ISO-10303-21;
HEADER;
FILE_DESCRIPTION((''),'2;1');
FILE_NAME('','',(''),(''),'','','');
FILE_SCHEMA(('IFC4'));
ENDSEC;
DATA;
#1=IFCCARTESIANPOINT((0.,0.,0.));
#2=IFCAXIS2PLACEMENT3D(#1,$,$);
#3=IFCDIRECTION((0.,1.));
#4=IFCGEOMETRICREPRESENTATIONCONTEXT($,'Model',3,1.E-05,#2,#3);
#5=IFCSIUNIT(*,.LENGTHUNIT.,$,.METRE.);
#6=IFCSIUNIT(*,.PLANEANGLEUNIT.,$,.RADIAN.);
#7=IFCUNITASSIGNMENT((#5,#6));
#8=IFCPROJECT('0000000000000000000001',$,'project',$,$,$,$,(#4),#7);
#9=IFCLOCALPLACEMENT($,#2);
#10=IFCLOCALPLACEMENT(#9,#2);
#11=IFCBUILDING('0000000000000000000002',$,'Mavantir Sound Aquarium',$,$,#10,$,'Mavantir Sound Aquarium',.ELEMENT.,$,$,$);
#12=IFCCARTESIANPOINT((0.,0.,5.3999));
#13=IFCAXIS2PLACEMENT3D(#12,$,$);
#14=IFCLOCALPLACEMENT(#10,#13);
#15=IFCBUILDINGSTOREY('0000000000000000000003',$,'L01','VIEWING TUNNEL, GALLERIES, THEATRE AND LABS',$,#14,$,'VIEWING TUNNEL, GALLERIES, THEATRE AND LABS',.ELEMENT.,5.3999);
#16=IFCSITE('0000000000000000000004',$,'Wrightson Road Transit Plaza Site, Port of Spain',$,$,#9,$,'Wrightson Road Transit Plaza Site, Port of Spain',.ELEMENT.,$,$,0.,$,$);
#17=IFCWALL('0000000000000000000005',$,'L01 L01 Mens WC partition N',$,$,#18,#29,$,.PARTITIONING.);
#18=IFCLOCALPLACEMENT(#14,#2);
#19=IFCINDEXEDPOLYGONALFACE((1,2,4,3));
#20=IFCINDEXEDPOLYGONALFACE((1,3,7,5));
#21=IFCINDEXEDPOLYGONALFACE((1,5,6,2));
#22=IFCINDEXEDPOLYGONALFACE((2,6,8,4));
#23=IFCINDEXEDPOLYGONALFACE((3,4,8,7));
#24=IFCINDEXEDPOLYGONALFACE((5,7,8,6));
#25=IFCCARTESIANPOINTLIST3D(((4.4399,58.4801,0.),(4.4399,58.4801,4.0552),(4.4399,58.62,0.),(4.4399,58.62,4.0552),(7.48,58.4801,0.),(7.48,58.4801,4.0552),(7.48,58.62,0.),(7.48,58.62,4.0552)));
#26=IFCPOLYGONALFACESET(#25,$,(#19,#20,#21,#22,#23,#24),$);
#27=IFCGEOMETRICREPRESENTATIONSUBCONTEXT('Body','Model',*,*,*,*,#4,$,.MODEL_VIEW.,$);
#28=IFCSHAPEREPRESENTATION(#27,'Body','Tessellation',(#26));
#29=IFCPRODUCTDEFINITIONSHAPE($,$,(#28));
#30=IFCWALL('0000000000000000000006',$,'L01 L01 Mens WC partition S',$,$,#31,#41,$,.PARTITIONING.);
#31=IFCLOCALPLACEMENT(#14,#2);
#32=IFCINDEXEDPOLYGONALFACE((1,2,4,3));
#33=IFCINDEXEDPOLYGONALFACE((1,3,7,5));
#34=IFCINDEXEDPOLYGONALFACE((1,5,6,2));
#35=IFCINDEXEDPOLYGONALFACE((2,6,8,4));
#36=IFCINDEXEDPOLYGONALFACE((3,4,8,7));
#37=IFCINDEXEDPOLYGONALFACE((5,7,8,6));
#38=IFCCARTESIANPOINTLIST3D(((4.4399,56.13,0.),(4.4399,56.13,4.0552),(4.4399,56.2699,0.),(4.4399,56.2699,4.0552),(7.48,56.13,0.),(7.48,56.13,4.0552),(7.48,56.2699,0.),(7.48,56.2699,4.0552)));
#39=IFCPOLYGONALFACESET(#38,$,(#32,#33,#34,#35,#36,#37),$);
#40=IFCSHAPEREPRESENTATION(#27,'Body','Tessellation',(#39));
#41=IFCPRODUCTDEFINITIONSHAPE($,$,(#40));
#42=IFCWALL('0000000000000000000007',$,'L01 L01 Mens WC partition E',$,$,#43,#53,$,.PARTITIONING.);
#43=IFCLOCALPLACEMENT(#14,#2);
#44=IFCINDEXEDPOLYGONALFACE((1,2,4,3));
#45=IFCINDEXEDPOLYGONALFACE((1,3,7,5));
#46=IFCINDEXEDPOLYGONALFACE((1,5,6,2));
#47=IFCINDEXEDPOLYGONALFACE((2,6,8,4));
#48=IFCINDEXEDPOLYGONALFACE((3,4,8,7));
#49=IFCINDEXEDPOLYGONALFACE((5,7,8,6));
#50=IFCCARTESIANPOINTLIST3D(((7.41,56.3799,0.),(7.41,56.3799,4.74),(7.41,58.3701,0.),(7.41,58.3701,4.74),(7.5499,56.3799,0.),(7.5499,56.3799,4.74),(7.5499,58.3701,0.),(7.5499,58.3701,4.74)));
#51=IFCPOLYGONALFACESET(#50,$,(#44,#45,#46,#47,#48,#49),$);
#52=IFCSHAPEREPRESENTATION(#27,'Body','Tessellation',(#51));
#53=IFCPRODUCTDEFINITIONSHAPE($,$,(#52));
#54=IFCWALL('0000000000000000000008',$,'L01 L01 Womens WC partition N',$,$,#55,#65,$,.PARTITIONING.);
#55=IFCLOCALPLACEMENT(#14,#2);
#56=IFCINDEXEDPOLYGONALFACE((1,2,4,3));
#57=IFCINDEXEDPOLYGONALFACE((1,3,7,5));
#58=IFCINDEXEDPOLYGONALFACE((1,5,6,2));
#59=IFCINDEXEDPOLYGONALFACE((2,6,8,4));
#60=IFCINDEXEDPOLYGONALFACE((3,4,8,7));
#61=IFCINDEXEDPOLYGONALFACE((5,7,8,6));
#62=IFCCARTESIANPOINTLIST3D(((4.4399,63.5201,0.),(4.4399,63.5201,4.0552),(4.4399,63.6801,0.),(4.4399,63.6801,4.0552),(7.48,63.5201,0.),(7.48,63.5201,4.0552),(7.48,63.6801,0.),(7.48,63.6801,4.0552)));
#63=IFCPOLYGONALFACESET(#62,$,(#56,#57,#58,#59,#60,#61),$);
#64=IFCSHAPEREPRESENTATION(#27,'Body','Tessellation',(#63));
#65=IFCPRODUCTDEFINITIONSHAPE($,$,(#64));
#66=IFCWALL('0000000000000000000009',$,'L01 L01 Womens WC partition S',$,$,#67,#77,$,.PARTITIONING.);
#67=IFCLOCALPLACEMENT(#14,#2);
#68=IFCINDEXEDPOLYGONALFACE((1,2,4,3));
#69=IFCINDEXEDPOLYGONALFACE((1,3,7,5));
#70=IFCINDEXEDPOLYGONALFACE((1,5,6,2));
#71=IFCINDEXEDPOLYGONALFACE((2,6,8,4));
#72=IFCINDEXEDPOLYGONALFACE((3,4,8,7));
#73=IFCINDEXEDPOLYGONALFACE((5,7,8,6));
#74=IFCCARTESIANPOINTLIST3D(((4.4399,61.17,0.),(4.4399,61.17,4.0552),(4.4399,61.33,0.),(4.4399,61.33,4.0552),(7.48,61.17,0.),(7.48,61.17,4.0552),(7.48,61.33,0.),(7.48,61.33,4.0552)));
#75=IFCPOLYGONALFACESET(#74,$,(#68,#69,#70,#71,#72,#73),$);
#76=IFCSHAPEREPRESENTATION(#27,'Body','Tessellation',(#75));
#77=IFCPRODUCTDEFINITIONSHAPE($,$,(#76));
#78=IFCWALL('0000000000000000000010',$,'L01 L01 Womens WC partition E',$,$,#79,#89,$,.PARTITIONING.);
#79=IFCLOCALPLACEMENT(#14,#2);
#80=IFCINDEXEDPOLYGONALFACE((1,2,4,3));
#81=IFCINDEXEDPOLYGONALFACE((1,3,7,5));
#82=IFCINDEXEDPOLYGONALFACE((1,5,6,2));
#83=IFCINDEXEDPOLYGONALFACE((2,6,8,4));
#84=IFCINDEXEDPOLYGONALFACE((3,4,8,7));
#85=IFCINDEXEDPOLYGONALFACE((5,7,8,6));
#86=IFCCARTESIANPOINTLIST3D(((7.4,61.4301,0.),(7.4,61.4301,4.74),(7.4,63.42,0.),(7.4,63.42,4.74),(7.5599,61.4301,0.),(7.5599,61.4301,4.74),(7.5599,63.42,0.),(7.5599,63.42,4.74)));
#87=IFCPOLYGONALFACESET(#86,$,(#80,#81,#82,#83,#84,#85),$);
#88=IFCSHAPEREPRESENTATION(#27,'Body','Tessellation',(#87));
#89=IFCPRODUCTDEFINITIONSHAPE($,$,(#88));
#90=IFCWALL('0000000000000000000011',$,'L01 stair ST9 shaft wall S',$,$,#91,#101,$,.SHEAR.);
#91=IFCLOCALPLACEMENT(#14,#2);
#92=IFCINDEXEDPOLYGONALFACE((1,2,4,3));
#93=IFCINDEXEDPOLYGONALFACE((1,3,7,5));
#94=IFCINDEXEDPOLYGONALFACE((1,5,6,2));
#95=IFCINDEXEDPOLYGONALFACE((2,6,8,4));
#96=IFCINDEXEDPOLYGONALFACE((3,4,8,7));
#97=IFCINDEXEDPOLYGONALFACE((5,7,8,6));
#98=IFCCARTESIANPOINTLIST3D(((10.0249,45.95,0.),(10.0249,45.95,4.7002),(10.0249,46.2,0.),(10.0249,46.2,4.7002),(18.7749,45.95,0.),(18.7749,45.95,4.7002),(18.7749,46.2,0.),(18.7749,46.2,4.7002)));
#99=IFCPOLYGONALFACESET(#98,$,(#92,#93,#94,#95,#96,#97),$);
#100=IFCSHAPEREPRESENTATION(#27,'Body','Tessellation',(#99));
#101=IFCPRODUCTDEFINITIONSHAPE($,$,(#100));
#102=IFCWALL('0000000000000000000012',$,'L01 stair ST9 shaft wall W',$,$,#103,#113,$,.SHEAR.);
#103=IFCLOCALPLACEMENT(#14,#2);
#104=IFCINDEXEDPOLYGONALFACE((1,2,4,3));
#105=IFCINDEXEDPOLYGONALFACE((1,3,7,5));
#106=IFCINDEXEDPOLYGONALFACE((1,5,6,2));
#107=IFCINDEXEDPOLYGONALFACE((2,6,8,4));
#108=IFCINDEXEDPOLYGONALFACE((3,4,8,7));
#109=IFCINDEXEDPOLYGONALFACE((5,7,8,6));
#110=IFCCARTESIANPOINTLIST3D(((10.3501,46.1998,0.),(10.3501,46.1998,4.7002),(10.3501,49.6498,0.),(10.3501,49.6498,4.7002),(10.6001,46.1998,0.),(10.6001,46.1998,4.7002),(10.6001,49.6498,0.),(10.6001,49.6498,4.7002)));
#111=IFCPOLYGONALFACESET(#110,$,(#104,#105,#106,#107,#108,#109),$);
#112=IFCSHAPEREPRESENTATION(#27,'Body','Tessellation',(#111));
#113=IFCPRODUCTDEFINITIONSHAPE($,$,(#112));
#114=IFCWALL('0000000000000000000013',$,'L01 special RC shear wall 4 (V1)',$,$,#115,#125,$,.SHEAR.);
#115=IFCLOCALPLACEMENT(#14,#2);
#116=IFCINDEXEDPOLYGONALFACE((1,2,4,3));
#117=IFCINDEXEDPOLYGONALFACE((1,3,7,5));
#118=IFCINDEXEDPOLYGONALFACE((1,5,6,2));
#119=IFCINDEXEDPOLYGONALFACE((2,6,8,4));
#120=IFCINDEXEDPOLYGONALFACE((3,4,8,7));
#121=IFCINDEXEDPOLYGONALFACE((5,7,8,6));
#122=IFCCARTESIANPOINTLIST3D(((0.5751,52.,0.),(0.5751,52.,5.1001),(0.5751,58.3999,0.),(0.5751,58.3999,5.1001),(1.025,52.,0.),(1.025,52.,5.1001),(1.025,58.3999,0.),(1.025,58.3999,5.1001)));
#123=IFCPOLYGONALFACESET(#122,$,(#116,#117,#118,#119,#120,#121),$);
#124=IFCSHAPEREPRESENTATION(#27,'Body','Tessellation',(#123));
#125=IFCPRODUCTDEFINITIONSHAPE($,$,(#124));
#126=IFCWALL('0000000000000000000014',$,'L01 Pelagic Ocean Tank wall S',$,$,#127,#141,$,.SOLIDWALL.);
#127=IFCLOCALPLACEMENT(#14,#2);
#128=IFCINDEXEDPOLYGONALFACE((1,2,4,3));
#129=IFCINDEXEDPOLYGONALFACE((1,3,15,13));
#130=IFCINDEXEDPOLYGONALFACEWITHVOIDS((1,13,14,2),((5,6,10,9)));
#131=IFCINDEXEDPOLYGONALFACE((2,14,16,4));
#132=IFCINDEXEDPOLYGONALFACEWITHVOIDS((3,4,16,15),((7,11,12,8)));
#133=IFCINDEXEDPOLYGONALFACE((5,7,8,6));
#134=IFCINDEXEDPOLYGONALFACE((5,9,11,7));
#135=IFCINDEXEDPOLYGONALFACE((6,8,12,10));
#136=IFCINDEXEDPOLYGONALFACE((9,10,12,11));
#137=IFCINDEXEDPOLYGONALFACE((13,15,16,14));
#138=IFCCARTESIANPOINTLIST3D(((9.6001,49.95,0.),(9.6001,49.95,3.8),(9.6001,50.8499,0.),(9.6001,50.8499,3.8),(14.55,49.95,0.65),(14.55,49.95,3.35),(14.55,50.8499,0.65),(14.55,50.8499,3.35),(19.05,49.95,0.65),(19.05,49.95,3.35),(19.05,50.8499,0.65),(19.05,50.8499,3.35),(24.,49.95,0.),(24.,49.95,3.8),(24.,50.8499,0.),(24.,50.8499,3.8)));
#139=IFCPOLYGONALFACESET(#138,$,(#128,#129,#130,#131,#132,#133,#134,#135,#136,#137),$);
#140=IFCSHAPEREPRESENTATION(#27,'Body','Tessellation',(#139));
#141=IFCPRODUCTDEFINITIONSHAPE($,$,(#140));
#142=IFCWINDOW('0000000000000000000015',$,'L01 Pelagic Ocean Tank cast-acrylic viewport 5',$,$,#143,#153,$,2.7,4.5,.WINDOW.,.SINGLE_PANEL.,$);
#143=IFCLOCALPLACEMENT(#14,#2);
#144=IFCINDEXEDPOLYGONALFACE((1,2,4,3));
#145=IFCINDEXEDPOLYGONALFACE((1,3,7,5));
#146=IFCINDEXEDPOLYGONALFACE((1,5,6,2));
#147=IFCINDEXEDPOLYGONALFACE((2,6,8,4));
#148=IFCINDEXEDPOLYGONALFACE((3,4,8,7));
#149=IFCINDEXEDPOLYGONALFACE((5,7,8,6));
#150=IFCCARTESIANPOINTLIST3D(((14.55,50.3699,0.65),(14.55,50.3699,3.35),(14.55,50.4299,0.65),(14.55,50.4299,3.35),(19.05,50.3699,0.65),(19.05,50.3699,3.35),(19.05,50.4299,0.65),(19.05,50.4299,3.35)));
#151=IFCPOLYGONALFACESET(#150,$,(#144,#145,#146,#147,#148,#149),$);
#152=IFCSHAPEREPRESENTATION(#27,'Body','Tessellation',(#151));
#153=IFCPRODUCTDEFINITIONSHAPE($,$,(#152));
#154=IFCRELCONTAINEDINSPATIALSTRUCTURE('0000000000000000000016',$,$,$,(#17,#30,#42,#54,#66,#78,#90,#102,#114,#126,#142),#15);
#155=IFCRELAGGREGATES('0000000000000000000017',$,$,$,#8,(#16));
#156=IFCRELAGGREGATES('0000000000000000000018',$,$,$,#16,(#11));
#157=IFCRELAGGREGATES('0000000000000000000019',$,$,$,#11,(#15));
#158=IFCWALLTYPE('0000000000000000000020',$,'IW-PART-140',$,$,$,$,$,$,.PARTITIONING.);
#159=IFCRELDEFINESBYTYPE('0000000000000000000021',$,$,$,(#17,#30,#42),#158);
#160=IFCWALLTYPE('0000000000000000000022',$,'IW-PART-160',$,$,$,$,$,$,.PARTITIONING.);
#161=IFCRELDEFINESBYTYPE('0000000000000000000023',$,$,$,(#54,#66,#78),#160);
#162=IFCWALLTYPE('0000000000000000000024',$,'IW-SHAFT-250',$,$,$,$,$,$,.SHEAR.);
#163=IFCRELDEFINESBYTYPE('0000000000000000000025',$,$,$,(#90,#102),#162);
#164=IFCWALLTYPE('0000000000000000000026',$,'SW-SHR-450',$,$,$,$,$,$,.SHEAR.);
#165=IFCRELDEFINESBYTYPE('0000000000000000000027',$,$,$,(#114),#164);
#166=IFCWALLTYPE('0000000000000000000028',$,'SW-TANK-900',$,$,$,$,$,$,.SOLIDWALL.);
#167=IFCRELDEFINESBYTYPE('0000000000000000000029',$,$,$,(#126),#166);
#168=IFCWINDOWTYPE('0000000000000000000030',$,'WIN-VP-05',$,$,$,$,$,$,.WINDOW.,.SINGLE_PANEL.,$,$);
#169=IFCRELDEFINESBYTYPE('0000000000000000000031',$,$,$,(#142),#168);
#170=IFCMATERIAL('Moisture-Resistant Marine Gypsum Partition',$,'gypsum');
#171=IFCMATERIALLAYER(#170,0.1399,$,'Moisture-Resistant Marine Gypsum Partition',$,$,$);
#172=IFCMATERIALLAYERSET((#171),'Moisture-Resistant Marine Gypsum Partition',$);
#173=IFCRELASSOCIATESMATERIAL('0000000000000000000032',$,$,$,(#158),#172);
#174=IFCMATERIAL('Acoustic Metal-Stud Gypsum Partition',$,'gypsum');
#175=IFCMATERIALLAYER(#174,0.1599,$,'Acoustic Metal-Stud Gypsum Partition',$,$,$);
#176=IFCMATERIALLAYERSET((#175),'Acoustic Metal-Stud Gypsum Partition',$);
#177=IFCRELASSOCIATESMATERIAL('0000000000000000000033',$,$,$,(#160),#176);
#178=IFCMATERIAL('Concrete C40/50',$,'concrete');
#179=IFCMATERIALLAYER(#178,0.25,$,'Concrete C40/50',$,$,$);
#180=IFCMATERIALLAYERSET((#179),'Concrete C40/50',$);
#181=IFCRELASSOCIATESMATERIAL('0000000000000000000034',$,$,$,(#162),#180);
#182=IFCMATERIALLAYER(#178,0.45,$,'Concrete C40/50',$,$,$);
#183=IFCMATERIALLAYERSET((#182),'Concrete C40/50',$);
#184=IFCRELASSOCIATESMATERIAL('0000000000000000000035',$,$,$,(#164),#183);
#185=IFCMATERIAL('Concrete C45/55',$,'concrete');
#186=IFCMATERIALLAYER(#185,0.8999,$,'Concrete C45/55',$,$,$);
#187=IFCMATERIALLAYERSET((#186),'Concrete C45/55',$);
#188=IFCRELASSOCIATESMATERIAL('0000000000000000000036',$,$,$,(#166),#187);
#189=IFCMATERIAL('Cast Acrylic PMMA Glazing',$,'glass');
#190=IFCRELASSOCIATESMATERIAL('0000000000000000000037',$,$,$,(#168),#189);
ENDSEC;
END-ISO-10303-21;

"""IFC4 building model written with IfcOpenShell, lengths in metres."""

from ifc_helpers import new_model, si_unit, direction, frame, frame_2d, origin, place, context, subcontext, project, spatial, rectangle, extrude, material, layer, layer_set, type_object, element, fill, save


model = new_model("IFC4")

# Units and contexts
model_context = context("Model", 3, precision=1e-05, world=origin(), true_north=direction((0.0, 1.0)))
body_context = subcontext(model_context, "Body", "Model", "MODEL_VIEW")
ifc_project = project(units=[si_unit("LENGTHUNIT", "METRE"), si_unit("PLANEANGLEUNIT", "RADIAN")], contexts=[model_context])

# Site, building, storey
site_placement = place(None, origin())
site = spatial("IfcSite", under=ifc_project, at=site_placement, Name="Wrightson Road Transit Plaza Site, Port of Spain", LongName="Wrightson Road Transit Plaza Site, Port of Spain", CompositionType="ELEMENT", RefElevation=0.0)
building_placement = place(site_placement, origin())
building = spatial("IfcBuilding", under=site, at=building_placement, Name="Mavantir Sound Aquarium", LongName="Mavantir Sound Aquarium", CompositionType="ELEMENT")
storey_placement = place(building_placement, frame((0.0, 0.0, 5.3999)))
storey = spatial("IfcBuildingStorey", under=building, at=storey_placement, Name="L01", Description="VIEWING TUNNEL, GALLERIES, THEATRE AND LABS", LongName="VIEWING TUNNEL, GALLERIES, THEATRE AND LABS", CompositionType="ELEMENT", Elevation=5.3999)

# Shared definitions
ifc_material_1 = material(Name="Concrete C40/50", Category="concrete")

# Walls
ifc_material_2 = material(Name="Moisture-Resistant Marine Gypsum Partition", Category="gypsum")
ifc_layer_1 = layer(ifc_material_2, 0.1399, Name="Moisture-Resistant Marine Gypsum Partition")
ifc_layer_set_1 = layer_set([ifc_layer_1], Name="Moisture-Resistant Marine Gypsum Partition")
wall_type_1 = type_object("IfcWallType", Name="IW-PART-140", PredefinedType="PARTITIONING", material=ifc_layer_set_1)
for number, where, z_axis, x_axis, name in (
    (1, (4.4399, 58.55, 0.0), (0.0, 0.0, 1.0), (1.0, 0.0, 0.0), "L01 L01 Mens WC partition N"),
    (2, (4.4399, 56.2, 0.0), (0.0, 0.0, 1.0), (1.0, 0.0, 0.0), "L01 L01 Mens WC partition S"),
):
    element("IfcWall", number, at=place(storey_placement, frame(where, z_axis=z_axis, x_axis=x_axis)), inside=storey, type_object=wall_type_1, Name=name, PredefinedType="PARTITIONING", context=body_context, shape_type="SweptSolid", body=[
        extrude(rectangle(XDim=3.04, YDim=0.1399, at=frame_2d((1.52, 0.0))), origin(), (0.0, 0.0, 1.0), 4.0552),
    ])

# Walls
wall_1_placement = place(storey_placement, frame((7.48, 56.3799, 0.0), z_axis=(0.0, 0.0, 1.0), x_axis=(0.0, 1.0, 0.0)))
element("IfcWall", 3, at=wall_1_placement, inside=storey, type_object=wall_type_1, Name="L01 L01 Mens WC partition E", PredefinedType="PARTITIONING", context=body_context, shape_type="SweptSolid", body=[
    extrude(rectangle(XDim=1.9902, YDim=0.1399, at=frame_2d((0.9951, 0.0))), origin(), (0.0, 0.0, 1.0), 4.74),
])
ifc_material_3 = material(Name="Acoustic Metal-Stud Gypsum Partition", Category="gypsum")
ifc_layer_2 = layer(ifc_material_3, 0.1599, Name="Acoustic Metal-Stud Gypsum Partition")
ifc_layer_set_2 = layer_set([ifc_layer_2], Name="Acoustic Metal-Stud Gypsum Partition")
wall_type_2 = type_object("IfcWallType", Name="IW-PART-160", PredefinedType="PARTITIONING", material=ifc_layer_set_2)
for number, where, z_axis, x_axis, name in (
    (4, (4.4399, 63.6001, 0.0), (0.0, 0.0, 1.0), (1.0, 0.0, 0.0), "L01 L01 Womens WC partition N"),
    (5, (4.4399, 61.25, 0.0), (0.0, 0.0, 1.0), (1.0, 0.0, 0.0), "L01 L01 Womens WC partition S"),
):
    element("IfcWall", number, at=place(storey_placement, frame(where, z_axis=z_axis, x_axis=x_axis)), inside=storey, type_object=wall_type_2, Name=name, PredefinedType="PARTITIONING", context=body_context, shape_type="SweptSolid", body=[
        extrude(rectangle(XDim=3.04, YDim=0.1599, at=frame_2d((1.52, 0.0))), origin(), (0.0, 0.0, 1.0), 4.0552),
    ])

# Walls
wall_2_placement = place(storey_placement, frame((7.48, 61.4299, 0.0), z_axis=(0.0, 0.0, 1.0), x_axis=(0.0, 1.0, 0.0)))
element("IfcWall", 6, at=wall_2_placement, inside=storey, type_object=wall_type_2, Name="L01 L01 Womens WC partition E", PredefinedType="PARTITIONING", context=body_context, shape_type="SweptSolid", body=[
    extrude(rectangle(XDim=1.99, YDim=0.1599, at=frame_2d((0.9951, 0.0))), origin(), (0.0, 0.0, 1.0), 4.74),
])
ifc_layer_3 = layer(ifc_material_1, 0.25, Name="Concrete C40/50")
ifc_layer_set_3 = layer_set([ifc_layer_3], Name="Concrete C40/50")
wall_type_3 = type_object("IfcWallType", Name="IW-SHAFT-250", PredefinedType="SHEAR", material=ifc_layer_set_3)
wall_3_placement = place(storey_placement, frame((10.0249, 46.075, 0.0), z_axis=(0.0, 0.0, 1.0), x_axis=(1.0, 0.0, 0.0)))
element("IfcWall", 7, at=wall_3_placement, inside=storey, type_object=wall_type_3, Name="L01 stair ST9 shaft wall S", PredefinedType="SHEAR", context=body_context, shape_type="SweptSolid", body=[
    extrude(rectangle(XDim=8.75, YDim=0.25, at=frame_2d((4.375, 0.0))), origin(), (0.0, 0.0, 1.0), 4.7002),
])
wall_4_placement = place(storey_placement, frame((10.4751, 49.6499, 0.0), z_axis=(0.0, 0.0, 1.0), x_axis=(0.0, -1.0, 0.0)))
element("IfcWall", 8, at=wall_4_placement, inside=storey, type_object=wall_type_3, Name="L01 stair ST9 shaft wall W", PredefinedType="SHEAR", context=body_context, shape_type="SweptSolid", body=[
    extrude(rectangle(XDim=3.45, YDim=0.25, at=frame_2d((1.7251, 0.0))), origin(), (0.0, 0.0, 1.0), 4.7002),
])
ifc_layer_4 = layer(ifc_material_1, 0.45, Name="Concrete C40/50")
ifc_layer_set_4 = layer_set([ifc_layer_4], Name="Concrete C40/50")
wall_type_4 = type_object("IfcWallType", Name="SW-SHR-450", PredefinedType="SHEAR", material=ifc_layer_set_4)
wall_5_placement = place(storey_placement, frame((0.8, 52.0, 0.0), z_axis=(0.0, 0.0, 1.0), x_axis=(0.0, 1.0, 0.0)))
element("IfcWall", 9, at=wall_5_placement, inside=storey, type_object=wall_type_4, Name="L01 special RC shear wall 4 (V1)", PredefinedType="SHEAR", context=body_context, shape_type="SweptSolid", body=[
    extrude(rectangle(XDim=6.3999, YDim=0.45, at=frame_2d((3.2, 0.0))), origin(), (0.0, 0.0, 1.0), 5.1001),
])

# Wall, opening, window
ifc_material_4 = material(Name="Concrete C45/55", Category="concrete")
ifc_layer_5 = layer(ifc_material_4, 0.8999, Name="Concrete C45/55")
ifc_layer_set_5 = layer_set([ifc_layer_5], Name="Concrete C45/55")
wall_type_5 = type_object("IfcWallType", Name="SW-TANK-900", PredefinedType="SOLIDWALL", material=ifc_layer_set_5)
wall_6_placement = place(storey_placement, frame((9.6001, 50.3999, 0.0), z_axis=(0.0, 0.0, 1.0), x_axis=(1.0, 0.0, 0.0)))
wall_6 = element("IfcWall", 10, at=wall_6_placement, inside=storey, type_object=wall_type_5, Name="L01 Pelagic Ocean Tank wall S", PredefinedType="SOLIDWALL", context=body_context, shape_type="SweptSolid", body=[
    extrude(rectangle(XDim=14.3999, YDim=0.8999, at=frame_2d((7.2, 0.0))), origin(), (0.0, 0.0, 1.0), 3.8),
])
opening_1_placement = place(wall_6_placement, frame((4.95, 0.0, 0.6499)))
opening_1 = element("IfcOpeningElement", 11, at=opening_1_placement, cuts=wall_6, PredefinedType="OPENING", context=body_context, shape_type="SweptSolid", body=[
    extrude(rectangle(XDim=4.5, YDim=2.7, at=frame_2d((2.25, 1.3501))), frame((0.0, 0.46, 0.0), z_axis=(0.0, -1.0, 0.0), x_axis=(1.0, 0.0, 0.0)), (0.0, 0.0, 1.0), 0.9199),
])
ifc_material_5 = material(Name="Cast Acrylic PMMA Glazing", Category="glass")
window_type = type_object("IfcWindowType", Name="WIN-VP-05", PartitioningType="SINGLE_PANEL", PredefinedType="WINDOW", material=ifc_material_5)
window_placement = place(opening_1_placement, origin())
window = element("IfcWindow", 12, at=window_placement, inside=storey, type_object=window_type, Name="L01 Pelagic Ocean Tank cast-acrylic viewport 5", OverallHeight=2.7, OverallWidth=4.5, PartitioningType="SINGLE_PANEL", PredefinedType="WINDOW", context=body_context, shape_type="SweptSolid", body=[
    extrude(rectangle(XDim=4.5, YDim=2.7, at=frame_2d((2.25, 1.3501))), frame((0.0, 0.03, 0.0), z_axis=(0.0, -1.0, 0.0), x_axis=(1.0, 0.0, 0.0)), (0.0, 0.0, 1.0), 0.0601),
])
fill(opening_1, window)

save(model, "model.ifc")
